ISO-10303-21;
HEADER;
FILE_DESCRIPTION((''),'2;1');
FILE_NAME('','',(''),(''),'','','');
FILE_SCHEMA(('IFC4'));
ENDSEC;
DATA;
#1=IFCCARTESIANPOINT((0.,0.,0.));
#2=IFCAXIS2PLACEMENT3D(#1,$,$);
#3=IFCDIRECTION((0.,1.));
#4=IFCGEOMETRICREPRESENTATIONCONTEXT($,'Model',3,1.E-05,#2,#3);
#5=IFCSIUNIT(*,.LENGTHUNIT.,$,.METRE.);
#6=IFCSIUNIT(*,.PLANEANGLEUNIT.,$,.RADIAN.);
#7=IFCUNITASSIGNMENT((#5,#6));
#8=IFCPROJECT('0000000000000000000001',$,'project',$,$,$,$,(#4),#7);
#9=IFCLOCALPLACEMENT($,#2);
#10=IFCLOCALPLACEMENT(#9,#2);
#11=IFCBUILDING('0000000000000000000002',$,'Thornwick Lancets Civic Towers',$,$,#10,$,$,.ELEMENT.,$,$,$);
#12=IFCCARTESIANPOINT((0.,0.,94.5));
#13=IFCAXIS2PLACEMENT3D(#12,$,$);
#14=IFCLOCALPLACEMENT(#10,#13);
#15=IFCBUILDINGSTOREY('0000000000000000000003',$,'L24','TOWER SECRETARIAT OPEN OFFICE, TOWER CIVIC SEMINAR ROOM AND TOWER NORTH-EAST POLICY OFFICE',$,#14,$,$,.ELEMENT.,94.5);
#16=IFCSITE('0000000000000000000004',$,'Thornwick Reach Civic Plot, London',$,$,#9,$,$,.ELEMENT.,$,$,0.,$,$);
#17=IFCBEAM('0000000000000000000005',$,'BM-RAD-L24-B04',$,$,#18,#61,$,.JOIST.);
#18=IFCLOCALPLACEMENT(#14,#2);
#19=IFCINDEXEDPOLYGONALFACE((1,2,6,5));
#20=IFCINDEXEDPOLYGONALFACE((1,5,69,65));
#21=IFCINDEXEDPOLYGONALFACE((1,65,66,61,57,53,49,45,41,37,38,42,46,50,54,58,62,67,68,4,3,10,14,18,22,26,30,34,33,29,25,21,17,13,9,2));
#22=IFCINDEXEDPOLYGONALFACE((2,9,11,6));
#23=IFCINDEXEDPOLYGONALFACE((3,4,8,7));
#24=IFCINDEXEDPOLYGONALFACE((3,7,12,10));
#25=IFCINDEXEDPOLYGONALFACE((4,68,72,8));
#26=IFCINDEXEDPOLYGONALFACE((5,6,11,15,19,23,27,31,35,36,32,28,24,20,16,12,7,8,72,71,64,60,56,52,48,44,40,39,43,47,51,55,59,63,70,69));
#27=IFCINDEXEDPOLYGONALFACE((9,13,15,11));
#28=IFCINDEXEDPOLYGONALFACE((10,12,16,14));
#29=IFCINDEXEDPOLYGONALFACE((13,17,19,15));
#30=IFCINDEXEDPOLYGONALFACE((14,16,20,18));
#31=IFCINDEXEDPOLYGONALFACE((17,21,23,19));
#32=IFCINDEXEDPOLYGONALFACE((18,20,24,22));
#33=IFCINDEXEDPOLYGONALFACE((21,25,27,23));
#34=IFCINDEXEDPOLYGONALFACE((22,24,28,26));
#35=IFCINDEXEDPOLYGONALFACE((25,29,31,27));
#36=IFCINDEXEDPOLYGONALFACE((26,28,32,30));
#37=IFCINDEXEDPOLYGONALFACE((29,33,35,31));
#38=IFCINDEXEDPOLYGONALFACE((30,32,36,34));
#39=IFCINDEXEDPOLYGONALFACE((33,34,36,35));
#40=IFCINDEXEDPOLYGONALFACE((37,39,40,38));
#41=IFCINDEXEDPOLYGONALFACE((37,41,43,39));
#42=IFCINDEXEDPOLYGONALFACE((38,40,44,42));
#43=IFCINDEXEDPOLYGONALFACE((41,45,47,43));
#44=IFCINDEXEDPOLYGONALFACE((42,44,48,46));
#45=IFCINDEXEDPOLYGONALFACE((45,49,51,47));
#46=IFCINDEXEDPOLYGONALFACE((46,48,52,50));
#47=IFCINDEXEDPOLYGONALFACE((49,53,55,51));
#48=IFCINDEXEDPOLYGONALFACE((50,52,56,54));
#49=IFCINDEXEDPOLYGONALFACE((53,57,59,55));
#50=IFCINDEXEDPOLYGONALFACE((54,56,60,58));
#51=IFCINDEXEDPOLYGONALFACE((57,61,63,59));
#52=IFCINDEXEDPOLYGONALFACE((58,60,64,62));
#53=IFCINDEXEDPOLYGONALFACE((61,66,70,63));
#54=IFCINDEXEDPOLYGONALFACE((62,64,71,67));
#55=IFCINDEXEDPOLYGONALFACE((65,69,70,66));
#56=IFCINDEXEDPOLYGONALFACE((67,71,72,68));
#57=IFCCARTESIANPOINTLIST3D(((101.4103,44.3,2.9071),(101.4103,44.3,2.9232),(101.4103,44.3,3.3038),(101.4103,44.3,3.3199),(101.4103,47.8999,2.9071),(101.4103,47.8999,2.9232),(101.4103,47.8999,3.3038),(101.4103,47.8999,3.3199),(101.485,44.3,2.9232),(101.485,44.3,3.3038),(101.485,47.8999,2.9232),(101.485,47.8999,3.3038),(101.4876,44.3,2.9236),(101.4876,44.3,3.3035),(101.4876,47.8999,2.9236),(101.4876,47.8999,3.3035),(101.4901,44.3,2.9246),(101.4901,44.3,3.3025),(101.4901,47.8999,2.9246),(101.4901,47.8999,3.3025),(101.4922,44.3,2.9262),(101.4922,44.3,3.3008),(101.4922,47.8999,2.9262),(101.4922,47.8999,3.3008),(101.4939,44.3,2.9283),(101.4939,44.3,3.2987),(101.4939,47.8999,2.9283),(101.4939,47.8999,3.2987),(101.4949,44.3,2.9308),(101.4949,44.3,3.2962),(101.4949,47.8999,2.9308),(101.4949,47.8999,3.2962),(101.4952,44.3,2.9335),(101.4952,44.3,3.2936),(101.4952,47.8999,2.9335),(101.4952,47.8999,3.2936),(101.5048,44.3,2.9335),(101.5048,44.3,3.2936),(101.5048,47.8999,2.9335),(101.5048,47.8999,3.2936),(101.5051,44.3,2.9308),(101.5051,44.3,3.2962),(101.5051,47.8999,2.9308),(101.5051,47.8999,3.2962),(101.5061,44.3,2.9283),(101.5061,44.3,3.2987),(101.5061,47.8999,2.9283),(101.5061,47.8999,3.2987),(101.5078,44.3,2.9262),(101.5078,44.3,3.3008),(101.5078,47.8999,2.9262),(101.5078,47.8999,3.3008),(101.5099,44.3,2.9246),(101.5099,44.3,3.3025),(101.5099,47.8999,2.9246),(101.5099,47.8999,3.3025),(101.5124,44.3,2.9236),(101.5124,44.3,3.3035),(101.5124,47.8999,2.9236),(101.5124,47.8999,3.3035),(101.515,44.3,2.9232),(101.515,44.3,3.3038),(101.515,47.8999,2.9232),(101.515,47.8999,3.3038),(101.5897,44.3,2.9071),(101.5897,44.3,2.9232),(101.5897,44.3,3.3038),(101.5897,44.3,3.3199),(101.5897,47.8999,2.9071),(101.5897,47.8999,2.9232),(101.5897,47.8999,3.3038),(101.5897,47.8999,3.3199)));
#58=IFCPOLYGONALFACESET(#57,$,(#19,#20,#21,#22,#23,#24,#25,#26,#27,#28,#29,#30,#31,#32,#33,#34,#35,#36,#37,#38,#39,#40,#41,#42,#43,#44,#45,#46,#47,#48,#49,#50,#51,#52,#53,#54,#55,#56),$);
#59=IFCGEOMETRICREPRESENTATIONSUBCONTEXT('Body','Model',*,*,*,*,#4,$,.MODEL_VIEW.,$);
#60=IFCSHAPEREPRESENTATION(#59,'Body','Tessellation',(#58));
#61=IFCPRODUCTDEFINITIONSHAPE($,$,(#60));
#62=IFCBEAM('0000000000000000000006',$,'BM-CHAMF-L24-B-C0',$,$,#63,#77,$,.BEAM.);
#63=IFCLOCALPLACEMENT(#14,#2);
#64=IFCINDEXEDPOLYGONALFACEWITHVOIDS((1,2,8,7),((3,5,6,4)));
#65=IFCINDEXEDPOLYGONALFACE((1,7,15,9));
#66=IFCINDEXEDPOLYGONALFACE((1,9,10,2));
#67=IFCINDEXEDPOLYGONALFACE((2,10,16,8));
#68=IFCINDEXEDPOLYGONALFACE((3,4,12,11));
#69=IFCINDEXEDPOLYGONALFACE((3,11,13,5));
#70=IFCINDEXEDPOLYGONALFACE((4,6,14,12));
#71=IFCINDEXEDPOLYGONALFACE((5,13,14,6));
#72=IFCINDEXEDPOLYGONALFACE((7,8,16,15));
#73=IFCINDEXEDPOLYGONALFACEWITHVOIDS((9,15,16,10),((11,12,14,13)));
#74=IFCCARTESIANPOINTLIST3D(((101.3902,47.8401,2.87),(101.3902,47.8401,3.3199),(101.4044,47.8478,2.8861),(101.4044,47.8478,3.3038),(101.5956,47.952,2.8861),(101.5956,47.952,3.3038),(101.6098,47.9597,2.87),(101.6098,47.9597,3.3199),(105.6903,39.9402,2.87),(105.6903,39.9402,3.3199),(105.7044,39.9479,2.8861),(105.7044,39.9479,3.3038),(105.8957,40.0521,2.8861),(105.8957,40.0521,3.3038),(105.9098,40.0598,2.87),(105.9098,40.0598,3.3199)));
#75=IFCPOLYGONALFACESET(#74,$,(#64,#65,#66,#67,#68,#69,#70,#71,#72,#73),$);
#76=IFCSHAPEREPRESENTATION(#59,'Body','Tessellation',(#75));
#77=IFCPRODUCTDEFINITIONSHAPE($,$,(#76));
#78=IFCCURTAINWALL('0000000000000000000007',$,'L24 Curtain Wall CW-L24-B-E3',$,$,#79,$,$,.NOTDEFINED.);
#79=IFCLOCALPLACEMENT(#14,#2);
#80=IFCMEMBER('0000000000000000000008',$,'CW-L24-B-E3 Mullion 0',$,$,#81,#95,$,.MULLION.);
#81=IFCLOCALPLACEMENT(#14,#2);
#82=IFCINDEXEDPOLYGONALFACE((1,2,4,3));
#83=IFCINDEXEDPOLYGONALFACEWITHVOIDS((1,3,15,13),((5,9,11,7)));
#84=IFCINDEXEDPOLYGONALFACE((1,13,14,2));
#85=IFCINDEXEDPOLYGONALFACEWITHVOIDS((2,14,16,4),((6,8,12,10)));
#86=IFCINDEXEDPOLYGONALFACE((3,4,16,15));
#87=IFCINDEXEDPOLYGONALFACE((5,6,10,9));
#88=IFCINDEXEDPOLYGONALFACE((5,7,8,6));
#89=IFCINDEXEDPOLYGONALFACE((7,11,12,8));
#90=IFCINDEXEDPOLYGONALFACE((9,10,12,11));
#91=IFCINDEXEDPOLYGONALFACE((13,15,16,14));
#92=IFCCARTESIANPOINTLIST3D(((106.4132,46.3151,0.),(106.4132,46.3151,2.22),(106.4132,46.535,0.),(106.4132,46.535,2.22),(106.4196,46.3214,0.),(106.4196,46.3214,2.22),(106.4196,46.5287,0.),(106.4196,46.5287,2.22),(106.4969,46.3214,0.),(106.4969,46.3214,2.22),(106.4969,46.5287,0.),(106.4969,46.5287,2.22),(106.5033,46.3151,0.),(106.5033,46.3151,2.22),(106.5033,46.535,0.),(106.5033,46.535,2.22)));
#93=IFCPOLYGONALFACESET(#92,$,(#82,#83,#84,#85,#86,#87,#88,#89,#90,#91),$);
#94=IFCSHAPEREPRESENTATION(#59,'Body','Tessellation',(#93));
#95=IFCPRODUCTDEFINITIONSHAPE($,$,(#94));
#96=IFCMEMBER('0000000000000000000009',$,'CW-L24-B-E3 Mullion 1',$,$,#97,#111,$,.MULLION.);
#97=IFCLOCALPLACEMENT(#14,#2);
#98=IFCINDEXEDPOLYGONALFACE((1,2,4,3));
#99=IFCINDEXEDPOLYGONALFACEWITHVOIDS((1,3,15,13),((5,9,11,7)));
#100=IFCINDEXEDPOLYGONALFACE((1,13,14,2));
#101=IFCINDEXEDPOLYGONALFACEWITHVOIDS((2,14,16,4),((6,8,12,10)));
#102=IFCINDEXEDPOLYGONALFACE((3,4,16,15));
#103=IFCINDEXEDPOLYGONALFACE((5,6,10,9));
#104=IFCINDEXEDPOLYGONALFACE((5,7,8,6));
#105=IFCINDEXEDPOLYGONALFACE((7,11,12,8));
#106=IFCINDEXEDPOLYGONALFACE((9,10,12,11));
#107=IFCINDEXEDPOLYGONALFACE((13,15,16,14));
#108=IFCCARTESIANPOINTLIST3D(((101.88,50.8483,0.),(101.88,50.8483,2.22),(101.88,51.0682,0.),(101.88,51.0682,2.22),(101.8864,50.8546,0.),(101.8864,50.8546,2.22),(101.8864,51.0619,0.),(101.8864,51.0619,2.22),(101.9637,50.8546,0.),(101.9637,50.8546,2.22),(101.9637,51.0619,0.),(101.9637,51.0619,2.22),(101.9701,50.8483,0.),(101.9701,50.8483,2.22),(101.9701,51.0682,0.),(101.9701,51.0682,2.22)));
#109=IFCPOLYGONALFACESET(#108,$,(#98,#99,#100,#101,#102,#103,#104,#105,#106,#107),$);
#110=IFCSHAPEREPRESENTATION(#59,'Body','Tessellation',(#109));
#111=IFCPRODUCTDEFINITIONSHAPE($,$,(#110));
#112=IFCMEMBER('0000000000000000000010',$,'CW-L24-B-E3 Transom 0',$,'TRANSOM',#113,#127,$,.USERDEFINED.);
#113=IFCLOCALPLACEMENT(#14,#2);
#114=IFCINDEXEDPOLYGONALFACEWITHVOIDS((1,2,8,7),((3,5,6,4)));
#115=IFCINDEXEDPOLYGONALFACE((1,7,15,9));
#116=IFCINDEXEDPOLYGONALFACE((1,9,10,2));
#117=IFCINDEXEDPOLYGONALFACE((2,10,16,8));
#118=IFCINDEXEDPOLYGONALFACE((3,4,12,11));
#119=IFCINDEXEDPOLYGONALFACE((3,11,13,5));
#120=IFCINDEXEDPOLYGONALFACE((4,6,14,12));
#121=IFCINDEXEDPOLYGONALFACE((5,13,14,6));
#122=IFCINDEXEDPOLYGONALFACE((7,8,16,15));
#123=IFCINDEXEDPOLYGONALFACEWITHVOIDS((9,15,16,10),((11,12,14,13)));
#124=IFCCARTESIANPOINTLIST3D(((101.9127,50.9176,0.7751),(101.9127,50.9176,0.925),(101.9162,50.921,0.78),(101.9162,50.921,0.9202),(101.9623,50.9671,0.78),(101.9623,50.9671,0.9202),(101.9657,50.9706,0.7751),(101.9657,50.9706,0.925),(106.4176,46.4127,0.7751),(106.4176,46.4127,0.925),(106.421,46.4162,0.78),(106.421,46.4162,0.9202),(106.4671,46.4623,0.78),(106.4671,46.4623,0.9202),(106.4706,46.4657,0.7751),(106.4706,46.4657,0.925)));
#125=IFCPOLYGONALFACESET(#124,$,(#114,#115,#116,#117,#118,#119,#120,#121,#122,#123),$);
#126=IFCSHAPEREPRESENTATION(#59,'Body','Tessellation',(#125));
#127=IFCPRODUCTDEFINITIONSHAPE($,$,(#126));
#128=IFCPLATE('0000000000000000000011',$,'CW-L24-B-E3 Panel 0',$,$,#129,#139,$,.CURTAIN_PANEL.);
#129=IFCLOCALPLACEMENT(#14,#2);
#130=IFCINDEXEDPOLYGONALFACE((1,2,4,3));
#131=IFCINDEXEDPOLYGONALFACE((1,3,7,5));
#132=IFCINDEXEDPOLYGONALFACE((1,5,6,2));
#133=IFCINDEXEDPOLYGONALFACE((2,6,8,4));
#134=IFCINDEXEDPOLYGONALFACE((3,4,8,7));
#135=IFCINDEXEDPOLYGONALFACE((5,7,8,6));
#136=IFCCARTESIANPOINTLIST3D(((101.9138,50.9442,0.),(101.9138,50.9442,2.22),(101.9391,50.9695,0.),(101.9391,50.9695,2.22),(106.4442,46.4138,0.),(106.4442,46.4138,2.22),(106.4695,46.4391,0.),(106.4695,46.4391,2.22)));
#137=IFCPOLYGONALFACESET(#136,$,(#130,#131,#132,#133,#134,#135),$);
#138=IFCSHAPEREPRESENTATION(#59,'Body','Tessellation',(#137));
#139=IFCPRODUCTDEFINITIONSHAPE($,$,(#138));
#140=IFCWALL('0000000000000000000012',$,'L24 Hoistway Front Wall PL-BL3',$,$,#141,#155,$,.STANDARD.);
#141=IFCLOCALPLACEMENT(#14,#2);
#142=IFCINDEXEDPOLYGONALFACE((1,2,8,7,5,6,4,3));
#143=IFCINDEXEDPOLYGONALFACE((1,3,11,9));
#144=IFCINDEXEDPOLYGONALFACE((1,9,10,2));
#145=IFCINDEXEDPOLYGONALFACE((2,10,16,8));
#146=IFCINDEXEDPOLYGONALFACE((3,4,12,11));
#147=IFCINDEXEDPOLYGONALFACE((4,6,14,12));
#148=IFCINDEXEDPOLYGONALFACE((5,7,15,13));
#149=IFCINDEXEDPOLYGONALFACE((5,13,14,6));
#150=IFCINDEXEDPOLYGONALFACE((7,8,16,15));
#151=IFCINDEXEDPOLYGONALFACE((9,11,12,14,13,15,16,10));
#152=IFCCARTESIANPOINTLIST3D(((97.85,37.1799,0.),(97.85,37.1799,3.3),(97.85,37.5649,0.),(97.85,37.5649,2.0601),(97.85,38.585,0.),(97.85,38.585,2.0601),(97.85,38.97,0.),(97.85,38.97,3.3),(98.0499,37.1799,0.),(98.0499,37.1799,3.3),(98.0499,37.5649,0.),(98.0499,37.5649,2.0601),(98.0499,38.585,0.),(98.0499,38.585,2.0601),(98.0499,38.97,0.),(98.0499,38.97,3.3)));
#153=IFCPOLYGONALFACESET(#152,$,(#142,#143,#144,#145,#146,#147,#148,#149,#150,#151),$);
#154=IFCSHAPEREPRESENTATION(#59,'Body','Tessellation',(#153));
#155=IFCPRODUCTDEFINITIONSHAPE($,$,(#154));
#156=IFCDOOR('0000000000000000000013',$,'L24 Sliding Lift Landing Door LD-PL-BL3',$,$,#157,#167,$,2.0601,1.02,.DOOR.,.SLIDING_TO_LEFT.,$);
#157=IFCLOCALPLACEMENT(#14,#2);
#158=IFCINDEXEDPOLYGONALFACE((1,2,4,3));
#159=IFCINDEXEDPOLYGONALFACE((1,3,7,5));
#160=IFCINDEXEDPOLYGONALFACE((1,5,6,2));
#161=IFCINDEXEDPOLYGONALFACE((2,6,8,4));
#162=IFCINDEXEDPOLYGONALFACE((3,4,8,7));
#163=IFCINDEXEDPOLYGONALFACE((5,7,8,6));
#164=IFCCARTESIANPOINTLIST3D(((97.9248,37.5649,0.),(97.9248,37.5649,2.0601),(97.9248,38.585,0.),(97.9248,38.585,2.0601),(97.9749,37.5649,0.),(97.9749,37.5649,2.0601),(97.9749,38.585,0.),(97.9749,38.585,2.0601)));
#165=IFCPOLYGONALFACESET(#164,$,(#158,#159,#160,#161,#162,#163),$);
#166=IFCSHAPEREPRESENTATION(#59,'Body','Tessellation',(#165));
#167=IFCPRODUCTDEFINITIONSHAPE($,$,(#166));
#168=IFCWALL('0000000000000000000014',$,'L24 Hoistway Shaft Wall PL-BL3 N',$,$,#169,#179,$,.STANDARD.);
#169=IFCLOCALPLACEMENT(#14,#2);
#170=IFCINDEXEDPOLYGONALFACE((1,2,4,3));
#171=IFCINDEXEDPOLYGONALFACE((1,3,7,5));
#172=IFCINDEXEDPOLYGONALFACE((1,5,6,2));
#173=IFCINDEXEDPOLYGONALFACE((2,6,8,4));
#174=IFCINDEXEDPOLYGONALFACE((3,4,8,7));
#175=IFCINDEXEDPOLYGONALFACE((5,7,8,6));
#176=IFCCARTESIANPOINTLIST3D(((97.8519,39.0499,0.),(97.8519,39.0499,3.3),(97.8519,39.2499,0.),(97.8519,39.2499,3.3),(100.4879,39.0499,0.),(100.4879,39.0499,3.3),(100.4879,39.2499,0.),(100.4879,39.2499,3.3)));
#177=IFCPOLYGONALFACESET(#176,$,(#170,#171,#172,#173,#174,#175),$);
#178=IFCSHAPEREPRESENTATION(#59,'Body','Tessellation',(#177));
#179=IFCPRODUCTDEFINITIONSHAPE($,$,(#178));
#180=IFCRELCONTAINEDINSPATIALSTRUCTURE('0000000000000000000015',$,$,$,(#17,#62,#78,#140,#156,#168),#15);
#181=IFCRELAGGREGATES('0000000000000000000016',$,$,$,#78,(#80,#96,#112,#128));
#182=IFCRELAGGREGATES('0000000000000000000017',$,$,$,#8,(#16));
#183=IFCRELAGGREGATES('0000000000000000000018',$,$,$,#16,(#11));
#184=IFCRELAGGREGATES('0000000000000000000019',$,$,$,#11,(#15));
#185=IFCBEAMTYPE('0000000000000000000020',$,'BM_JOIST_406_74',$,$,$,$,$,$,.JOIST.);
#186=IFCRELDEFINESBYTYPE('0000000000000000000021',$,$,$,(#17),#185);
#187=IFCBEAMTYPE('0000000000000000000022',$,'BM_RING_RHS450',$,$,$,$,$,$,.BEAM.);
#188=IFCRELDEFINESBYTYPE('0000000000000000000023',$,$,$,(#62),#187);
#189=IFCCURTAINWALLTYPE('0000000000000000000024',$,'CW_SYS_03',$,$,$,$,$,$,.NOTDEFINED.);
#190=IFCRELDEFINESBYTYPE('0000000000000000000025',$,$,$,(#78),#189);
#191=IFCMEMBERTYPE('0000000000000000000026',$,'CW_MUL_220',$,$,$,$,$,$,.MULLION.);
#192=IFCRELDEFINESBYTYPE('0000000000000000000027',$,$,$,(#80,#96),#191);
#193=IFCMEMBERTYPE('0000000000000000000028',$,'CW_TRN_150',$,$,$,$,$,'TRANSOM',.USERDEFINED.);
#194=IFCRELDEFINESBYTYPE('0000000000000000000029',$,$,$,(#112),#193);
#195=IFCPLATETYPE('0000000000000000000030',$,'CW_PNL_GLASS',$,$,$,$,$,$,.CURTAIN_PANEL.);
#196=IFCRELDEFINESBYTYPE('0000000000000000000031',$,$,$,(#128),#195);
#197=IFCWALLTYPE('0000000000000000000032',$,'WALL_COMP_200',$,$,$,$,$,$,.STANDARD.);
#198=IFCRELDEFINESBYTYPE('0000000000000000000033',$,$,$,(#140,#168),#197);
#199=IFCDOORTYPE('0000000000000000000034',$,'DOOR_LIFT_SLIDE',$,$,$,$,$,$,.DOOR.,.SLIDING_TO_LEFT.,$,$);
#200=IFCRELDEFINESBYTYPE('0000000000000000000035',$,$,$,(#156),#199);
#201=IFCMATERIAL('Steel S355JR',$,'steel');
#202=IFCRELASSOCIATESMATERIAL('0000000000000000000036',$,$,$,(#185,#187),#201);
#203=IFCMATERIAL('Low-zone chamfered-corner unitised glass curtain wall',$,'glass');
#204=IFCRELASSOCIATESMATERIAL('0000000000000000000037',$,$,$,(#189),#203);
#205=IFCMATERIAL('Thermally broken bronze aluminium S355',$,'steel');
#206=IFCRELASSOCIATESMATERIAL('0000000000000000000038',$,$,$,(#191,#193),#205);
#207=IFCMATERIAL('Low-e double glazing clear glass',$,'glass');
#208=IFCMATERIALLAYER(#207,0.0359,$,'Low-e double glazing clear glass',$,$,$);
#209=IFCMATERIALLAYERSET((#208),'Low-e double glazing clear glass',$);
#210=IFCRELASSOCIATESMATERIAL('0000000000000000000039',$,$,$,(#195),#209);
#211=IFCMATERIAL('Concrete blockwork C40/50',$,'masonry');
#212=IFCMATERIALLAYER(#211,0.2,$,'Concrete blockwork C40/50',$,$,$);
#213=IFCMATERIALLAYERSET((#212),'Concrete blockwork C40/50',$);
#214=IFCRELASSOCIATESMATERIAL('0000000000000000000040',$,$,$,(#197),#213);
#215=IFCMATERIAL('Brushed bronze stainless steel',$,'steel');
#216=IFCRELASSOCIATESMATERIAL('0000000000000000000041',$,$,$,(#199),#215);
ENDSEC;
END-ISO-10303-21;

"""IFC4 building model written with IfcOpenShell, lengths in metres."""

from ifc_helpers import new_model, si_unit, direction, frame, frame_2d, origin, origin_2d, place, context, subcontext, project, spatial, rectangle, hollow_rectangle, i_section, extrude, material, layer, layer_set, material_profile, profile_set, type_object, element, fill, aggregate, save


model = new_model("IFC4")

# Units and contexts
model_context = context("Model", 3, precision=1e-05, world=origin(), true_north=direction((0.0, 1.0)))
body_context = subcontext(model_context, "Body", "Model", "MODEL_VIEW")
ifc_project = project(units=[si_unit("LENGTHUNIT", "METRE"), si_unit("PLANEANGLEUNIT", "RADIAN")], contexts=[model_context])

# Site, building, storey
site_placement = place(None, origin())
site = spatial("IfcSite", under=ifc_project, at=site_placement, Name="Thornwick Reach Civic Plot, London", CompositionType="ELEMENT", RefElevation=0.0)
building_placement = place(site_placement, origin())
building = spatial("IfcBuilding", under=site, at=building_placement, Name="Thornwick Lancets Civic Towers", CompositionType="ELEMENT")
storey_placement = place(building_placement, frame((0.0, 0.0, 94.5)))
storey = spatial("IfcBuildingStorey", under=building, at=storey_placement, Name="L24", Description="TOWER SECRETARIAT OPEN OFFICE, TOWER CIVIC SEMINAR ROOM AND TOWER NORTH-EAST POLICY OFFICE", CompositionType="ELEMENT", Elevation=94.5)

# Beams
ifc_material_1 = material(Name="Steel S355JR", Category="steel")
ifc_material_profile_1 = material_profile(ifc_material_1, i_section(OverallWidth=0.1794, OverallDepth=0.4128, WebThickness=0.0095, FlangeThickness=0.0161, FilletRadius=0.0103, at=origin_2d()), Name="UKB 406x178x74")
ifc_profile_set_1 = profile_set([ifc_material_profile_1], Name="Steel S355JR")
beam_type_1 = type_object("IfcBeamType", Name="BM_JOIST_406_74", PredefinedType="JOIST", material=ifc_profile_set_1)
beam_1_placement = place(storey_placement, frame((101.5, 44.3, 3.1135), z_axis=(0.0, 1.0, 0.0), x_axis=(-1.0, 0.0, 0.0)))
element("IfcBeam", 1, at=beam_1_placement, inside=storey, type_object=beam_type_1, Name="BM-RAD-L24-B04", PredefinedType="JOIST", context=body_context, shape_type="SweptSolid", body=[
    extrude(i_section(OverallWidth=0.1794, OverallDepth=0.4128, WebThickness=0.0095, FlangeThickness=0.0161, FilletRadius=0.0103, at=origin_2d()), origin(), (0.0, 0.0, 1.0), 3.5999),
])
ifc_material_profile_2 = material_profile(ifc_material_1, hollow_rectangle(XDim=0.25, YDim=0.45, WallThickness=0.0161, at=origin_2d()), Name="RHS 450x250x16")
ifc_profile_set_2 = profile_set([ifc_material_profile_2], Name="Steel S355JR")
beam_type_2 = type_object("IfcBeamType", Name="BM_RING_RHS450", PredefinedType="BEAM", material=ifc_profile_set_2)
beam_2_placement = place(storey_placement, frame((105.8, 40.0, 3.095), z_axis=(-0.478082, 0.878315, 0.0), x_axis=(-0.878315, -0.478082, 0.0)))
element("IfcBeam", 2, at=beam_2_placement, inside=storey, type_object=beam_type_2, Name="BM-CHAMF-L24-B-C0", PredefinedType="BEAM", context=body_context, shape_type="SweptSolid", body=[
    extrude(hollow_rectangle(XDim=0.25, YDim=0.45, WallThickness=0.0161, at=origin_2d()), origin(), (0.0, 0.0, 1.0), 8.9944),
])

# Curtain wall, members, plate
ifc_material_2 = material(Name="Low-zone chamfered-corner unitised glass curtain wall", Category="glass")
curtain_wall_type = type_object("IfcCurtainWallType", Name="CW_SYS_03", PredefinedType="NOTDEFINED", material=ifc_material_2)
curtain_wall_placement = place(storey_placement, origin())
curtain_wall = element("IfcCurtainWall", 3, at=curtain_wall_placement, inside=storey, type_object=curtain_wall_type, Name="L24 Curtain Wall CW-L24-B-E3", PredefinedType="NOTDEFINED")
ifc_material_3 = material(Name="Thermally broken bronze aluminium S355", Category="steel")
ifc_material_profile_3 = material_profile(ifc_material_3, hollow_rectangle(XDim=0.0901, YDim=0.22, WallThickness=0.0063, at=origin_2d()), Name="RHS 220x90x6.3")
ifc_profile_set_3 = profile_set([ifc_material_profile_3], Name="Thermally broken bronze aluminium S355")
member_type_1 = type_object("IfcMemberType", Name="CW_MUL_220", PredefinedType="MULLION", material=ifc_profile_set_3)
member_1_placement = place(storey_placement, frame((106.4583, 46.425, 0.0), z_axis=(0.0, 0.0, 1.0), x_axis=(1.0, 0.0, 0.0)))
member_1 = element("IfcMember", 4, at=member_1_placement, type_object=member_type_1, Name="CW-L24-B-E3 Mullion 0", PredefinedType="MULLION", context=body_context, shape_type="SweptSolid", body=[
    extrude(hollow_rectangle(XDim=0.0901, YDim=0.22, WallThickness=0.0063, at=origin_2d()), origin(), (0.0, 0.0, 1.0), 2.22),
])
member_2_placement = place(storey_placement, frame((101.925, 50.9583, 0.0), z_axis=(0.0, 0.0, 1.0), x_axis=(1.0, 0.0, 0.0)))
member_2 = element("IfcMember", 5, at=member_2_placement, type_object=member_type_1, Name="CW-L24-B-E3 Mullion 1", PredefinedType="MULLION", context=body_context, shape_type="SweptSolid", body=[
    extrude(hollow_rectangle(XDim=0.0901, YDim=0.22, WallThickness=0.0063, at=origin_2d()), origin(), (0.0, 0.0, 1.0), 2.22),
])
ifc_material_profile_4 = material_profile(ifc_material_3, hollow_rectangle(XDim=0.075, YDim=0.1499, WallThickness=0.0049, at=origin_2d()), Name="RHS 150x75x5")
ifc_profile_set_4 = profile_set([ifc_material_profile_4], Name="Thermally broken bronze aluminium S355")
member_type_2 = type_object("IfcMemberType", Name="CW_TRN_150", ElementType="TRANSOM", PredefinedType="USERDEFINED", material=ifc_profile_set_4)
member_3_placement = place(storey_placement, frame((106.4441, 46.4392, 0.8501), z_axis=(-0.707107, 0.707107, 0.0), x_axis=(-0.707107, -0.707107, 0.0)))
member_3 = element("IfcMember", 6, at=member_3_placement, type_object=member_type_2, Name="CW-L24-B-E3 Transom 0", ObjectType="TRANSOM", PredefinedType="USERDEFINED", context=body_context, shape_type="SweptSolid", body=[
    extrude(hollow_rectangle(XDim=0.075, YDim=0.1499, WallThickness=0.0049, at=origin_2d()), origin(), (0.0, 0.0, 1.0), 6.3708),
])
ifc_material_4 = material(Name="Low-e double glazing clear glass", Category="glass")
ifc_layer_1 = layer(ifc_material_4, 0.0359, Name="Low-e double glazing clear glass")
ifc_layer_set_1 = layer_set([ifc_layer_1], Name="Low-e double glazing clear glass")
plate_type = type_object("IfcPlateType", Name="CW_PNL_GLASS", PredefinedType="CURTAIN_PANEL", material=ifc_layer_set_1)
plate_placement = place(storey_placement, frame((104.1917, 48.6917, 0.0), z_axis=(0.0, 0.0, 1.0), x_axis=(-0.707107, 0.707107, 0.0)))
plate = element("IfcPlate", 7, at=plate_placement, type_object=plate_type, Name="CW-L24-B-E3 Panel 0", PredefinedType="CURTAIN_PANEL", context=body_context, shape_type="SweptSolid", body=[
    extrude(rectangle(XDim=6.407, YDim=0.0359, at=origin_2d()), origin(), (0.0, 0.0, 1.0), 2.22),
])
aggregate(curtain_wall, [member_1, member_2, member_3, plate])

# Wall, opening, door
ifc_material_5 = material(Name="Concrete blockwork C40/50", Category="masonry")
ifc_layer_2 = layer(ifc_material_5, 0.2, Name="Concrete blockwork C40/50")
ifc_layer_set_2 = layer_set([ifc_layer_2], Name="Concrete blockwork C40/50")
wall_type_1 = type_object("IfcWallType", Name="WALL_COMP_200", PredefinedType="STANDARD", material=ifc_layer_set_2)
wall_1_placement = place(storey_placement, frame((97.95, 38.97, 0.0), z_axis=(0.0, 0.0, 1.0), x_axis=(0.0, -1.0, 0.0)))
wall_1 = element("IfcWall", 8, at=wall_1_placement, inside=storey, type_object=wall_type_1, Name="L24 Hoistway Front Wall PL-BL3", PredefinedType="STANDARD", context=body_context, shape_type="SweptSolid", body=[
    extrude(rectangle(XDim=1.79, YDim=0.2, at=frame_2d((0.895, 0.0))), origin(), (0.0, 0.0, 1.0), 3.3),
])
opening_1_placement = place(wall_1_placement, frame((0.385, 0.0, 0.0)))
opening_1 = element("IfcOpeningElement", 9, at=opening_1_placement, cuts=wall_1, PredefinedType="OPENING", context=body_context, shape_type="SweptSolid", body=[
    extrude(rectangle(XDim=1.02, YDim=2.0601, at=frame_2d((0.51, 1.03))), frame((0.0, 0.1099, 0.0), z_axis=(0.0, -1.0, 0.0), x_axis=(1.0, 0.0, 0.0)), (0.0, 0.0, 1.0), 0.22),
])
ifc_material_6 = material(Name="Brushed bronze stainless steel", Category="steel")
door_type_1 = type_object("IfcDoorType", Name="DOOR_LIFT_SLIDE", OperationType="SLIDING_TO_LEFT", PredefinedType="DOOR", material=ifc_material_6)
door_1_placement = place(opening_1_placement, origin())
door_1 = element("IfcDoor", 10, at=door_1_placement, inside=storey, type_object=door_type_1, Name="L24 Sliding Lift Landing Door LD-PL-BL3", OperationType="SLIDING_TO_LEFT", OverallHeight=2.0601, OverallWidth=1.02, PredefinedType="DOOR", context=body_context, shape_type="SweptSolid", body=[
    extrude(rectangle(XDim=1.02, YDim=2.0601, at=frame_2d((0.51, 1.03))), frame((0.0, 0.0249, 0.0), z_axis=(0.0, -1.0, 0.0), x_axis=(1.0, 0.0, 0.0)), (0.0, 0.0, 1.0), 0.05),
])
fill(opening_1, door_1)

# Wall
wall_2_placement = place(storey_placement, frame((97.8521, 39.1499, 0.0), z_axis=(0.0, 0.0, 1.0), x_axis=(1.0, 0.0, 0.0)))
element("IfcWall", 11, at=wall_2_placement, inside=storey, type_object=wall_type_1, Name="L24 Hoistway Shaft Wall PL-BL3 N", PredefinedType="STANDARD", context=body_context, shape_type="SweptSolid", body=[
    extrude(rectangle(XDim=2.636, YDim=0.2, at=frame_2d((1.3179, 0.0))), origin(), (0.0, 0.0, 1.0), 3.3),
])

save(model, "model.ifc")
